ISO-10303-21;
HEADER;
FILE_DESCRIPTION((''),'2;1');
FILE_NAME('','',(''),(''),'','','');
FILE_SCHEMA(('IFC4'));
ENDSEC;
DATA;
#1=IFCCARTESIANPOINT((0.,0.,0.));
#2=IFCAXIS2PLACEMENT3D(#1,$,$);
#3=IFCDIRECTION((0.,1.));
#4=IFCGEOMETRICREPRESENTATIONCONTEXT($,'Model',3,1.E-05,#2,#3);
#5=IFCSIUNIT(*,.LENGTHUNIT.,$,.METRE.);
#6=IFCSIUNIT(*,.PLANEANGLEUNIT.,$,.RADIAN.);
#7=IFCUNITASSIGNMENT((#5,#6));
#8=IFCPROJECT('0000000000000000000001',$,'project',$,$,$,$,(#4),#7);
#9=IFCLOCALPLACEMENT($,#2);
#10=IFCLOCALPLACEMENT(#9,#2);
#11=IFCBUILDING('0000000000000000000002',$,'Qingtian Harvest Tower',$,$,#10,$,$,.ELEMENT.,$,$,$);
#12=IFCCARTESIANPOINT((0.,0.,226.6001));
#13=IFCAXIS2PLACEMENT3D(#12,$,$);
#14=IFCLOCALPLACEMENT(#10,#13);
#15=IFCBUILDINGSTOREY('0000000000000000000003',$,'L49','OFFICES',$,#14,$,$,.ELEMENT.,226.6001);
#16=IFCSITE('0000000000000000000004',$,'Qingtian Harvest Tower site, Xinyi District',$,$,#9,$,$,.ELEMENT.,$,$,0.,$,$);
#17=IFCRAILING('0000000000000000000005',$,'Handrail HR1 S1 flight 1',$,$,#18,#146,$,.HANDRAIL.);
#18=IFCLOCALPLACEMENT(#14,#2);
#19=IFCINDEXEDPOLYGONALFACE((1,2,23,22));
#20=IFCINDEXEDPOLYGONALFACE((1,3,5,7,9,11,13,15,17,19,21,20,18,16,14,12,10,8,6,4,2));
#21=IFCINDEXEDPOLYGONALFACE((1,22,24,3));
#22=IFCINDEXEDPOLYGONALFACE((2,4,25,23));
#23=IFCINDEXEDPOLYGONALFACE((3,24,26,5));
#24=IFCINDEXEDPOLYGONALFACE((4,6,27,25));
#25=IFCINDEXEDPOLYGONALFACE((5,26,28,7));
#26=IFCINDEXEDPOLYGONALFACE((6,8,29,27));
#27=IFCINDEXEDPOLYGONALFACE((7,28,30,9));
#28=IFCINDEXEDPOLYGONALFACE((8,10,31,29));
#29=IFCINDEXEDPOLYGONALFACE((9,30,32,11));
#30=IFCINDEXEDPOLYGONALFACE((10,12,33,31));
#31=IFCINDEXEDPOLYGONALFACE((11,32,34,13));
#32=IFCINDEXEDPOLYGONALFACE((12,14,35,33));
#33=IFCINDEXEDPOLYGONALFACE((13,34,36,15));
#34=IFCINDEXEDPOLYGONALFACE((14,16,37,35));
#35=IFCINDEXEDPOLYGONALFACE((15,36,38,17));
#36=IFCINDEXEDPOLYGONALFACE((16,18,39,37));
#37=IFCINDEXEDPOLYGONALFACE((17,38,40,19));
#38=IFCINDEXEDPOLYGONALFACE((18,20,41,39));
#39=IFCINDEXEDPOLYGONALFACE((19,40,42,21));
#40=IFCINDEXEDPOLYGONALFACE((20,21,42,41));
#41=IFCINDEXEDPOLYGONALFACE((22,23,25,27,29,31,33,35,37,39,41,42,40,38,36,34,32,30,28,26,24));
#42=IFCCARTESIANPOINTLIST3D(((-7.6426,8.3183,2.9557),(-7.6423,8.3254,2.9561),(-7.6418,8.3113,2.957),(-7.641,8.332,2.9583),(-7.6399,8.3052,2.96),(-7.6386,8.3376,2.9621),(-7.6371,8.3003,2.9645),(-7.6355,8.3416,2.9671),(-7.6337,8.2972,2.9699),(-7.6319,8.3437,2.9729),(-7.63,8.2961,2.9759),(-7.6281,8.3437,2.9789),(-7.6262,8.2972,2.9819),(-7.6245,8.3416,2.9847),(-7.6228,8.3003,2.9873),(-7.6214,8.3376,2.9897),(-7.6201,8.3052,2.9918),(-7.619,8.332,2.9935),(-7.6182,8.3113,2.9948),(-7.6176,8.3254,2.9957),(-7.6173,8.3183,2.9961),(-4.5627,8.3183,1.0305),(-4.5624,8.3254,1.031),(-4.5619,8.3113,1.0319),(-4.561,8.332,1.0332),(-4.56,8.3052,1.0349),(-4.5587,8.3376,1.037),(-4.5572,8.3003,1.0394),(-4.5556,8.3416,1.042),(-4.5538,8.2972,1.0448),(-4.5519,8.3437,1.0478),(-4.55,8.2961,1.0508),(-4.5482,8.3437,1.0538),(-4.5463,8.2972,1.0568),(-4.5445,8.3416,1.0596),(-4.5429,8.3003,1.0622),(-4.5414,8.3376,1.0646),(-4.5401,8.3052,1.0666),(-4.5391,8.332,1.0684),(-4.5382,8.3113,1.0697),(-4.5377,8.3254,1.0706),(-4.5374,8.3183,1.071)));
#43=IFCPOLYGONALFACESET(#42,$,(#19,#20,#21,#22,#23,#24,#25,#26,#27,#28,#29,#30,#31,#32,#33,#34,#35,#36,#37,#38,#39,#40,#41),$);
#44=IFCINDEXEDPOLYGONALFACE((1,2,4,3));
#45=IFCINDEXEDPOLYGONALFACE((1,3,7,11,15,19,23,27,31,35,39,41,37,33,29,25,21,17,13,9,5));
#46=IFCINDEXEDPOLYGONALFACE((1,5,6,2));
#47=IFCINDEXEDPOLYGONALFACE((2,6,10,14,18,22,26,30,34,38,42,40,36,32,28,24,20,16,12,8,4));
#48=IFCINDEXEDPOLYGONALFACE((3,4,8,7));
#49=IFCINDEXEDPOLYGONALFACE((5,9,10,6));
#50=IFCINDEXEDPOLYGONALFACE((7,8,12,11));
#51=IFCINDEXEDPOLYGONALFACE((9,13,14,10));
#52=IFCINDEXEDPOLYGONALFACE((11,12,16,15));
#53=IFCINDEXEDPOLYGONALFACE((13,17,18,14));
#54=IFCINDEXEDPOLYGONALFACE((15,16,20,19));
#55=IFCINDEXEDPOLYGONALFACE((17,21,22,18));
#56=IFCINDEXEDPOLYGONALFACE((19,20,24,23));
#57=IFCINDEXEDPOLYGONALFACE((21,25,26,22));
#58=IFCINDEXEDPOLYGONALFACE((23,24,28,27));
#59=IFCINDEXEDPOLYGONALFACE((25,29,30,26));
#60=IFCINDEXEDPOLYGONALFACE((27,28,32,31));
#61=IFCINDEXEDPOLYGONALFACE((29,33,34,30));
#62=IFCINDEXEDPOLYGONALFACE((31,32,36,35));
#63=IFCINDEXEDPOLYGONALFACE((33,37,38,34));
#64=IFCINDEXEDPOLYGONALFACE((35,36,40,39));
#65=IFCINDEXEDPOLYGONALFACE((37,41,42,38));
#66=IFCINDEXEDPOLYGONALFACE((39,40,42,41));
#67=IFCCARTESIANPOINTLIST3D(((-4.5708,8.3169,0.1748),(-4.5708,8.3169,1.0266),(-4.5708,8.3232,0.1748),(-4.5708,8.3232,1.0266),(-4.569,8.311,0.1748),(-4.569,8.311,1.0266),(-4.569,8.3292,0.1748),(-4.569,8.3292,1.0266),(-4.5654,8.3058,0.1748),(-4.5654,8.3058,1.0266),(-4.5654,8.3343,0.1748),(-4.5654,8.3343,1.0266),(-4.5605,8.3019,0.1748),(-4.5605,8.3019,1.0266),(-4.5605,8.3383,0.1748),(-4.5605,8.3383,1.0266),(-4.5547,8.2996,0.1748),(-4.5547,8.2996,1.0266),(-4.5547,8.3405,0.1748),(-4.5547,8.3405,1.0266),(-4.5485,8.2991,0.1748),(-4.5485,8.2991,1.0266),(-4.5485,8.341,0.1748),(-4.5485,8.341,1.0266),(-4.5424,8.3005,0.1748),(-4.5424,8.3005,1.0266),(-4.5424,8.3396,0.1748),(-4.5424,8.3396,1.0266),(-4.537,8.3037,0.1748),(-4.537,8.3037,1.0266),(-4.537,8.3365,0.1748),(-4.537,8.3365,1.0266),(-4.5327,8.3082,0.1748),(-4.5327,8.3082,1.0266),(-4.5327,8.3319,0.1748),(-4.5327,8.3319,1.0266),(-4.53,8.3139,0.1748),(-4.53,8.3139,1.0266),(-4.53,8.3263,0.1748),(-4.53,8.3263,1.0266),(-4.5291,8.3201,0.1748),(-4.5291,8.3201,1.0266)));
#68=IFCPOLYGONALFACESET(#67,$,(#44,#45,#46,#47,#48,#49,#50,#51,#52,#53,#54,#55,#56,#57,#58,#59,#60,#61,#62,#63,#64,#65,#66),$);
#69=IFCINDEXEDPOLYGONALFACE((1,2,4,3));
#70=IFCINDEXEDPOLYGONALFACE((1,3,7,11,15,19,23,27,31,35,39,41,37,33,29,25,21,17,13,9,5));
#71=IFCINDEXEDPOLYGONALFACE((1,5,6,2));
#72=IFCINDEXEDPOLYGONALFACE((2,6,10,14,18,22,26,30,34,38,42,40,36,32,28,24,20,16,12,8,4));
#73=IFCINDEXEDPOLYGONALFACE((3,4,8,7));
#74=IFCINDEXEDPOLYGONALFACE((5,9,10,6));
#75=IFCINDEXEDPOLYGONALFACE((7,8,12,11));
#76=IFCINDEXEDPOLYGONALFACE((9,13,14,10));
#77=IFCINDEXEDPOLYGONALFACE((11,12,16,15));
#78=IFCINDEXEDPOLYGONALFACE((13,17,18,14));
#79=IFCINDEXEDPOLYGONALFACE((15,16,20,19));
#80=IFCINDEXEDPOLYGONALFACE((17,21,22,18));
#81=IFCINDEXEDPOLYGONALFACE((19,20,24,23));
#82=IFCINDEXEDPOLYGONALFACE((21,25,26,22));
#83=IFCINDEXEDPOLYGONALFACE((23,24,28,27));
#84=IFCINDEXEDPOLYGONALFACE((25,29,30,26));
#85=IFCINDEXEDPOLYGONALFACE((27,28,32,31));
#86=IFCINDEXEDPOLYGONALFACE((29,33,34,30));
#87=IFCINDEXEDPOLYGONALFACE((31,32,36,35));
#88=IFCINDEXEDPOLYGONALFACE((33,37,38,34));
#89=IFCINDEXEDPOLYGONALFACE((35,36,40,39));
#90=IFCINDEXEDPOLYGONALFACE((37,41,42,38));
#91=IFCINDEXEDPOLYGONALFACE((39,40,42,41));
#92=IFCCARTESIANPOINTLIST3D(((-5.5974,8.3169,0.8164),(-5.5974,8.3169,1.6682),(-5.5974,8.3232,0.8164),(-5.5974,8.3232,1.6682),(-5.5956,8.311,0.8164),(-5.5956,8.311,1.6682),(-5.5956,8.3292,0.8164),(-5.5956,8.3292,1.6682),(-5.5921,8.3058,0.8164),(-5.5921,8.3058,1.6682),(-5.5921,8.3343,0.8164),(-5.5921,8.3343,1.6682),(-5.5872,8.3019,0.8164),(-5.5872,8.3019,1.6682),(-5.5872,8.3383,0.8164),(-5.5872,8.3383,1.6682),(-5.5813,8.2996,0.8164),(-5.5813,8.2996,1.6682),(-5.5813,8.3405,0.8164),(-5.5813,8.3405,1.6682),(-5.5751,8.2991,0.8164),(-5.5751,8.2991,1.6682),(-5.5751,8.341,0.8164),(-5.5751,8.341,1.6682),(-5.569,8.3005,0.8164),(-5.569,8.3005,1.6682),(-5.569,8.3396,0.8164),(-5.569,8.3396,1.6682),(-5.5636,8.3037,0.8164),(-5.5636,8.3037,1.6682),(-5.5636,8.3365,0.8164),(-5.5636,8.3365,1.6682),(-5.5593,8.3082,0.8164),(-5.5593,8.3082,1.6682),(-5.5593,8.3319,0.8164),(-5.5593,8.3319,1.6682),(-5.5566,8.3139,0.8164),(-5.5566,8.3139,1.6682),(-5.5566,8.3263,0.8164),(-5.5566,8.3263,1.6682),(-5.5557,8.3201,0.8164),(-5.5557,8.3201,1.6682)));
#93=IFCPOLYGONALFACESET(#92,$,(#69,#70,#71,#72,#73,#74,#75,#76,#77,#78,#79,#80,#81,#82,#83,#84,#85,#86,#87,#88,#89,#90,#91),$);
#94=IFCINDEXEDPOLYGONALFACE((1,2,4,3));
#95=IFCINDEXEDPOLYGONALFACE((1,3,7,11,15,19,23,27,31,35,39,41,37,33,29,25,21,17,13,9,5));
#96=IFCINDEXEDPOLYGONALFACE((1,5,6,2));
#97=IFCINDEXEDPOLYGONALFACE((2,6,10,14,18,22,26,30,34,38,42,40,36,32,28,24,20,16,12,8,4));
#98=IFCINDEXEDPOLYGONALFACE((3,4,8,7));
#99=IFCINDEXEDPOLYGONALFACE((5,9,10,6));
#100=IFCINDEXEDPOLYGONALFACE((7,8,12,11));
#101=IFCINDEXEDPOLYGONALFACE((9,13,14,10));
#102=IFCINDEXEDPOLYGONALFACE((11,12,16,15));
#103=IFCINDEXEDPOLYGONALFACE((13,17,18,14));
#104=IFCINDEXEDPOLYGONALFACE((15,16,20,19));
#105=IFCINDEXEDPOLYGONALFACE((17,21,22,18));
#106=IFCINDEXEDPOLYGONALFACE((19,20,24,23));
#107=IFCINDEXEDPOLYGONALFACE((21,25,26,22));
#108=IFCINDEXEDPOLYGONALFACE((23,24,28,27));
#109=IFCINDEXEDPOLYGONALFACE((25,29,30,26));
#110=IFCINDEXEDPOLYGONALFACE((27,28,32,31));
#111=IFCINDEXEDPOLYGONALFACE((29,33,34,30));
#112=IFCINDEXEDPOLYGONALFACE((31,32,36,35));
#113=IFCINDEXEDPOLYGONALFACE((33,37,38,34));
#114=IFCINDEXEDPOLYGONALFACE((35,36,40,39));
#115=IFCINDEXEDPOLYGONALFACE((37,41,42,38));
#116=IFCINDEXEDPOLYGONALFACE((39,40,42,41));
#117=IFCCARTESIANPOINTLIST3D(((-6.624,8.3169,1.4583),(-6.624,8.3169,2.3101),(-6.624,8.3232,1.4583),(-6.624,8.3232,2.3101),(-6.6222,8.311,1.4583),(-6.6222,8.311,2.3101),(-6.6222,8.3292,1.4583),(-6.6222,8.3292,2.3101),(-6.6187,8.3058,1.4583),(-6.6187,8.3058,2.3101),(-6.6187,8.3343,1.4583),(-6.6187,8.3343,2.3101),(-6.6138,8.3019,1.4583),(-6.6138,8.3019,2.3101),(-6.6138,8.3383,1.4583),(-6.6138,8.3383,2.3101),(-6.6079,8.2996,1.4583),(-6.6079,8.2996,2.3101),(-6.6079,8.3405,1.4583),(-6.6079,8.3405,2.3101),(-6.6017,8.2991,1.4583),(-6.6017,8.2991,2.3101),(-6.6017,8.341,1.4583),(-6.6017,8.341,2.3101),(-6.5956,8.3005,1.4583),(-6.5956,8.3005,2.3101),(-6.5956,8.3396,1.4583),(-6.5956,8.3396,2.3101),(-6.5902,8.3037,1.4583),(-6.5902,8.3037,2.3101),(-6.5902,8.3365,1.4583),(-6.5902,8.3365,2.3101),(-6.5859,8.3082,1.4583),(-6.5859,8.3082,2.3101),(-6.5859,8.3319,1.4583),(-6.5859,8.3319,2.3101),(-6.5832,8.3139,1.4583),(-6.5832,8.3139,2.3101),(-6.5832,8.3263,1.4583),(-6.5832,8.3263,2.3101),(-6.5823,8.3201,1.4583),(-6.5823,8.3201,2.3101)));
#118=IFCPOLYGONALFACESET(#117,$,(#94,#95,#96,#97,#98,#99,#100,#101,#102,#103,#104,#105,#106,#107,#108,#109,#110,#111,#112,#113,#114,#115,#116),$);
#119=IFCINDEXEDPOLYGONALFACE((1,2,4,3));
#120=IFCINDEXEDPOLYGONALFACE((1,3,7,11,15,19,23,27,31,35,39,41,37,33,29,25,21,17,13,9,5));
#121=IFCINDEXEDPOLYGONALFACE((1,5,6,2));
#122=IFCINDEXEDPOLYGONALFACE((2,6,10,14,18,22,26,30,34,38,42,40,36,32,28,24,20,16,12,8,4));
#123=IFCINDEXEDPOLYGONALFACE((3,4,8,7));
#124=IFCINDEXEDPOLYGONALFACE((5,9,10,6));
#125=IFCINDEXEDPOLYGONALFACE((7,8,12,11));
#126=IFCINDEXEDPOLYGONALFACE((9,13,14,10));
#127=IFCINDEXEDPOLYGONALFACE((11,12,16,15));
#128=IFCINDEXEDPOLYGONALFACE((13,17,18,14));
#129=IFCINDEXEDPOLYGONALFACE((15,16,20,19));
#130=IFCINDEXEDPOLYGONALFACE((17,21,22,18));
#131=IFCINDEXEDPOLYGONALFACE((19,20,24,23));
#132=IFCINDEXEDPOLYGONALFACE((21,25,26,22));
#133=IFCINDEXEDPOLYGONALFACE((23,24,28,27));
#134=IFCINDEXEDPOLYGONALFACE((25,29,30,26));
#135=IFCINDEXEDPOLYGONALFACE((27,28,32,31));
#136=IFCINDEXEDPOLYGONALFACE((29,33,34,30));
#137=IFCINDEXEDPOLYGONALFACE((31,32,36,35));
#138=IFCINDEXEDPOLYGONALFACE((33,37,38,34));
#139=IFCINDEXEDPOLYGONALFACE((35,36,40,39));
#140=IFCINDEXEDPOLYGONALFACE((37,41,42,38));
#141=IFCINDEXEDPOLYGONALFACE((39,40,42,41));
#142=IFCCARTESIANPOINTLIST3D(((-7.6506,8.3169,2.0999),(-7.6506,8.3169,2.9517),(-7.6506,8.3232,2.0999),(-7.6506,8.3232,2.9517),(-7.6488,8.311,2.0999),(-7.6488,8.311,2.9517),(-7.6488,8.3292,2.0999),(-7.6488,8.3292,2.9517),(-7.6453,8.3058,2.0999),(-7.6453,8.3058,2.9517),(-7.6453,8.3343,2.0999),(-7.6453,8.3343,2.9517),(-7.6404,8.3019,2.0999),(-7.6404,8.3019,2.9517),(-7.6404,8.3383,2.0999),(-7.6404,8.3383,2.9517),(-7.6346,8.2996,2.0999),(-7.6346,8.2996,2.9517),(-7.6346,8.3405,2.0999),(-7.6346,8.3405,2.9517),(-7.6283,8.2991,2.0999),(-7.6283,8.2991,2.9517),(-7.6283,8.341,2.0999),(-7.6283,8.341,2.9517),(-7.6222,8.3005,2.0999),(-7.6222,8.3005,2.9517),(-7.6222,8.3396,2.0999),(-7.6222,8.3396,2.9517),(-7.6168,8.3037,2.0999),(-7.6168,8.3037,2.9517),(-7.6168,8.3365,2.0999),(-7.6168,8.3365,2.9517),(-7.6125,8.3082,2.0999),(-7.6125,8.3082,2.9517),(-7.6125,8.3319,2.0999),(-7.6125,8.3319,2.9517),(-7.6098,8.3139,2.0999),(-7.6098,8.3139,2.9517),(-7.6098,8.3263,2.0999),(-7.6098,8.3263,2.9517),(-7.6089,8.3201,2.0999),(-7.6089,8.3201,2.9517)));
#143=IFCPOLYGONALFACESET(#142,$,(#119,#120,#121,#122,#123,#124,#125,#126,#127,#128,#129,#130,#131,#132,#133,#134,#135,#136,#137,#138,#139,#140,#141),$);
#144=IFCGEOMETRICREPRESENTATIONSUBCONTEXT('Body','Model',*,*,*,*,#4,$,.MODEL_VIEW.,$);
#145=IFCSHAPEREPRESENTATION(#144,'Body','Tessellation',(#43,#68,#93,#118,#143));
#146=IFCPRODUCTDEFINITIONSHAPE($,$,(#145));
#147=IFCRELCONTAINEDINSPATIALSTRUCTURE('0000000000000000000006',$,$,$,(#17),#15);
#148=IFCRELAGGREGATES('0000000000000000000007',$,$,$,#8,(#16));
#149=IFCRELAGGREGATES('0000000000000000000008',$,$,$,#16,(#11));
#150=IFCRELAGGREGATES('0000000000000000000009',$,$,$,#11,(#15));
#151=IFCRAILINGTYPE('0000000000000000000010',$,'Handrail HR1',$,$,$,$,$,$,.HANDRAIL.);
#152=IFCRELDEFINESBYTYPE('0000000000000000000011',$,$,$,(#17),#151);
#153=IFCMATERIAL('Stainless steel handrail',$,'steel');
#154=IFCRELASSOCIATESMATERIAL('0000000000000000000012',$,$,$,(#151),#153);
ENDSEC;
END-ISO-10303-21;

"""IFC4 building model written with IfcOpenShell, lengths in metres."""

from ifc_helpers import new_model, si_unit, direction, frame, origin, origin_2d, place, context, subcontext, project, spatial, circle, extrude, material, type_object, element, save


model = new_model("IFC4")

# Units and contexts
model_context = context("Model", 3, precision=1e-05, world=origin(), true_north=direction((0.0, 1.0)))
body_context = subcontext(model_context, "Body", "Model", "MODEL_VIEW")
ifc_project = project(units=[si_unit("LENGTHUNIT", "METRE"), si_unit("PLANEANGLEUNIT", "RADIAN")], contexts=[model_context])

# Site, building, storey
site_placement = place(None, origin())
site = spatial("IfcSite", under=ifc_project, at=site_placement, Name="Qingtian Harvest Tower site, Xinyi District", CompositionType="ELEMENT", RefElevation=0.0)
building_placement = place(site_placement, origin())
building = spatial("IfcBuilding", under=site, at=building_placement, Name="Qingtian Harvest Tower", CompositionType="ELEMENT")
storey_placement = place(building_placement, frame((0.0, 0.0, 226.6001)))
storey = spatial("IfcBuildingStorey", under=building, at=storey_placement, Name="L49", Description="OFFICES", CompositionType="ELEMENT", Elevation=226.6001)

# Railing
ifc_material_1 = material(Name="Stainless steel handrail", Category="steel")
railing_type = type_object("IfcRailingType", Name="Handrail HR1", PredefinedType="HANDRAIL", material=ifc_material_1)
railing_1_placement = place(storey_placement, frame((-4.55, 8.3201, 0.1748)))
element("IfcRailing", 1, at=railing_1_placement, inside=storey, type_object=railing_type, Name="Handrail HR1 S1 flight 1", PredefinedType="HANDRAIL", context=body_context, shape_type="SweptSolid", body=[
    extrude(circle(Radius=0.0239, at=origin_2d()), frame((0.0, 0.0, 0.876), z_axis=(-0.847979, 0.0, 0.530029), x_axis=(0.0, -1.0, 0.0)), (0.0, 0.0, 1.0), 3.6321),
    extrude(circle(Radius=0.021, at=origin_2d()), origin(), (0.0, 0.0, 1.0), 0.8518),
    extrude(circle(Radius=0.021, at=origin_2d()), frame((-1.0266, 0.0, 0.6416)), (0.0, 0.0, 1.0), 0.8518),
    extrude(circle(Radius=0.021, at=origin_2d()), frame((-2.0532, 0.0, 1.2834)), (0.0, 0.0, 1.0), 0.8518),
    extrude(circle(Radius=0.021, at=origin_2d()), frame((-3.0798, 0.0, 1.925)), (0.0, 0.0, 1.0), 0.8518),
])

save(model, "model.ifc")
